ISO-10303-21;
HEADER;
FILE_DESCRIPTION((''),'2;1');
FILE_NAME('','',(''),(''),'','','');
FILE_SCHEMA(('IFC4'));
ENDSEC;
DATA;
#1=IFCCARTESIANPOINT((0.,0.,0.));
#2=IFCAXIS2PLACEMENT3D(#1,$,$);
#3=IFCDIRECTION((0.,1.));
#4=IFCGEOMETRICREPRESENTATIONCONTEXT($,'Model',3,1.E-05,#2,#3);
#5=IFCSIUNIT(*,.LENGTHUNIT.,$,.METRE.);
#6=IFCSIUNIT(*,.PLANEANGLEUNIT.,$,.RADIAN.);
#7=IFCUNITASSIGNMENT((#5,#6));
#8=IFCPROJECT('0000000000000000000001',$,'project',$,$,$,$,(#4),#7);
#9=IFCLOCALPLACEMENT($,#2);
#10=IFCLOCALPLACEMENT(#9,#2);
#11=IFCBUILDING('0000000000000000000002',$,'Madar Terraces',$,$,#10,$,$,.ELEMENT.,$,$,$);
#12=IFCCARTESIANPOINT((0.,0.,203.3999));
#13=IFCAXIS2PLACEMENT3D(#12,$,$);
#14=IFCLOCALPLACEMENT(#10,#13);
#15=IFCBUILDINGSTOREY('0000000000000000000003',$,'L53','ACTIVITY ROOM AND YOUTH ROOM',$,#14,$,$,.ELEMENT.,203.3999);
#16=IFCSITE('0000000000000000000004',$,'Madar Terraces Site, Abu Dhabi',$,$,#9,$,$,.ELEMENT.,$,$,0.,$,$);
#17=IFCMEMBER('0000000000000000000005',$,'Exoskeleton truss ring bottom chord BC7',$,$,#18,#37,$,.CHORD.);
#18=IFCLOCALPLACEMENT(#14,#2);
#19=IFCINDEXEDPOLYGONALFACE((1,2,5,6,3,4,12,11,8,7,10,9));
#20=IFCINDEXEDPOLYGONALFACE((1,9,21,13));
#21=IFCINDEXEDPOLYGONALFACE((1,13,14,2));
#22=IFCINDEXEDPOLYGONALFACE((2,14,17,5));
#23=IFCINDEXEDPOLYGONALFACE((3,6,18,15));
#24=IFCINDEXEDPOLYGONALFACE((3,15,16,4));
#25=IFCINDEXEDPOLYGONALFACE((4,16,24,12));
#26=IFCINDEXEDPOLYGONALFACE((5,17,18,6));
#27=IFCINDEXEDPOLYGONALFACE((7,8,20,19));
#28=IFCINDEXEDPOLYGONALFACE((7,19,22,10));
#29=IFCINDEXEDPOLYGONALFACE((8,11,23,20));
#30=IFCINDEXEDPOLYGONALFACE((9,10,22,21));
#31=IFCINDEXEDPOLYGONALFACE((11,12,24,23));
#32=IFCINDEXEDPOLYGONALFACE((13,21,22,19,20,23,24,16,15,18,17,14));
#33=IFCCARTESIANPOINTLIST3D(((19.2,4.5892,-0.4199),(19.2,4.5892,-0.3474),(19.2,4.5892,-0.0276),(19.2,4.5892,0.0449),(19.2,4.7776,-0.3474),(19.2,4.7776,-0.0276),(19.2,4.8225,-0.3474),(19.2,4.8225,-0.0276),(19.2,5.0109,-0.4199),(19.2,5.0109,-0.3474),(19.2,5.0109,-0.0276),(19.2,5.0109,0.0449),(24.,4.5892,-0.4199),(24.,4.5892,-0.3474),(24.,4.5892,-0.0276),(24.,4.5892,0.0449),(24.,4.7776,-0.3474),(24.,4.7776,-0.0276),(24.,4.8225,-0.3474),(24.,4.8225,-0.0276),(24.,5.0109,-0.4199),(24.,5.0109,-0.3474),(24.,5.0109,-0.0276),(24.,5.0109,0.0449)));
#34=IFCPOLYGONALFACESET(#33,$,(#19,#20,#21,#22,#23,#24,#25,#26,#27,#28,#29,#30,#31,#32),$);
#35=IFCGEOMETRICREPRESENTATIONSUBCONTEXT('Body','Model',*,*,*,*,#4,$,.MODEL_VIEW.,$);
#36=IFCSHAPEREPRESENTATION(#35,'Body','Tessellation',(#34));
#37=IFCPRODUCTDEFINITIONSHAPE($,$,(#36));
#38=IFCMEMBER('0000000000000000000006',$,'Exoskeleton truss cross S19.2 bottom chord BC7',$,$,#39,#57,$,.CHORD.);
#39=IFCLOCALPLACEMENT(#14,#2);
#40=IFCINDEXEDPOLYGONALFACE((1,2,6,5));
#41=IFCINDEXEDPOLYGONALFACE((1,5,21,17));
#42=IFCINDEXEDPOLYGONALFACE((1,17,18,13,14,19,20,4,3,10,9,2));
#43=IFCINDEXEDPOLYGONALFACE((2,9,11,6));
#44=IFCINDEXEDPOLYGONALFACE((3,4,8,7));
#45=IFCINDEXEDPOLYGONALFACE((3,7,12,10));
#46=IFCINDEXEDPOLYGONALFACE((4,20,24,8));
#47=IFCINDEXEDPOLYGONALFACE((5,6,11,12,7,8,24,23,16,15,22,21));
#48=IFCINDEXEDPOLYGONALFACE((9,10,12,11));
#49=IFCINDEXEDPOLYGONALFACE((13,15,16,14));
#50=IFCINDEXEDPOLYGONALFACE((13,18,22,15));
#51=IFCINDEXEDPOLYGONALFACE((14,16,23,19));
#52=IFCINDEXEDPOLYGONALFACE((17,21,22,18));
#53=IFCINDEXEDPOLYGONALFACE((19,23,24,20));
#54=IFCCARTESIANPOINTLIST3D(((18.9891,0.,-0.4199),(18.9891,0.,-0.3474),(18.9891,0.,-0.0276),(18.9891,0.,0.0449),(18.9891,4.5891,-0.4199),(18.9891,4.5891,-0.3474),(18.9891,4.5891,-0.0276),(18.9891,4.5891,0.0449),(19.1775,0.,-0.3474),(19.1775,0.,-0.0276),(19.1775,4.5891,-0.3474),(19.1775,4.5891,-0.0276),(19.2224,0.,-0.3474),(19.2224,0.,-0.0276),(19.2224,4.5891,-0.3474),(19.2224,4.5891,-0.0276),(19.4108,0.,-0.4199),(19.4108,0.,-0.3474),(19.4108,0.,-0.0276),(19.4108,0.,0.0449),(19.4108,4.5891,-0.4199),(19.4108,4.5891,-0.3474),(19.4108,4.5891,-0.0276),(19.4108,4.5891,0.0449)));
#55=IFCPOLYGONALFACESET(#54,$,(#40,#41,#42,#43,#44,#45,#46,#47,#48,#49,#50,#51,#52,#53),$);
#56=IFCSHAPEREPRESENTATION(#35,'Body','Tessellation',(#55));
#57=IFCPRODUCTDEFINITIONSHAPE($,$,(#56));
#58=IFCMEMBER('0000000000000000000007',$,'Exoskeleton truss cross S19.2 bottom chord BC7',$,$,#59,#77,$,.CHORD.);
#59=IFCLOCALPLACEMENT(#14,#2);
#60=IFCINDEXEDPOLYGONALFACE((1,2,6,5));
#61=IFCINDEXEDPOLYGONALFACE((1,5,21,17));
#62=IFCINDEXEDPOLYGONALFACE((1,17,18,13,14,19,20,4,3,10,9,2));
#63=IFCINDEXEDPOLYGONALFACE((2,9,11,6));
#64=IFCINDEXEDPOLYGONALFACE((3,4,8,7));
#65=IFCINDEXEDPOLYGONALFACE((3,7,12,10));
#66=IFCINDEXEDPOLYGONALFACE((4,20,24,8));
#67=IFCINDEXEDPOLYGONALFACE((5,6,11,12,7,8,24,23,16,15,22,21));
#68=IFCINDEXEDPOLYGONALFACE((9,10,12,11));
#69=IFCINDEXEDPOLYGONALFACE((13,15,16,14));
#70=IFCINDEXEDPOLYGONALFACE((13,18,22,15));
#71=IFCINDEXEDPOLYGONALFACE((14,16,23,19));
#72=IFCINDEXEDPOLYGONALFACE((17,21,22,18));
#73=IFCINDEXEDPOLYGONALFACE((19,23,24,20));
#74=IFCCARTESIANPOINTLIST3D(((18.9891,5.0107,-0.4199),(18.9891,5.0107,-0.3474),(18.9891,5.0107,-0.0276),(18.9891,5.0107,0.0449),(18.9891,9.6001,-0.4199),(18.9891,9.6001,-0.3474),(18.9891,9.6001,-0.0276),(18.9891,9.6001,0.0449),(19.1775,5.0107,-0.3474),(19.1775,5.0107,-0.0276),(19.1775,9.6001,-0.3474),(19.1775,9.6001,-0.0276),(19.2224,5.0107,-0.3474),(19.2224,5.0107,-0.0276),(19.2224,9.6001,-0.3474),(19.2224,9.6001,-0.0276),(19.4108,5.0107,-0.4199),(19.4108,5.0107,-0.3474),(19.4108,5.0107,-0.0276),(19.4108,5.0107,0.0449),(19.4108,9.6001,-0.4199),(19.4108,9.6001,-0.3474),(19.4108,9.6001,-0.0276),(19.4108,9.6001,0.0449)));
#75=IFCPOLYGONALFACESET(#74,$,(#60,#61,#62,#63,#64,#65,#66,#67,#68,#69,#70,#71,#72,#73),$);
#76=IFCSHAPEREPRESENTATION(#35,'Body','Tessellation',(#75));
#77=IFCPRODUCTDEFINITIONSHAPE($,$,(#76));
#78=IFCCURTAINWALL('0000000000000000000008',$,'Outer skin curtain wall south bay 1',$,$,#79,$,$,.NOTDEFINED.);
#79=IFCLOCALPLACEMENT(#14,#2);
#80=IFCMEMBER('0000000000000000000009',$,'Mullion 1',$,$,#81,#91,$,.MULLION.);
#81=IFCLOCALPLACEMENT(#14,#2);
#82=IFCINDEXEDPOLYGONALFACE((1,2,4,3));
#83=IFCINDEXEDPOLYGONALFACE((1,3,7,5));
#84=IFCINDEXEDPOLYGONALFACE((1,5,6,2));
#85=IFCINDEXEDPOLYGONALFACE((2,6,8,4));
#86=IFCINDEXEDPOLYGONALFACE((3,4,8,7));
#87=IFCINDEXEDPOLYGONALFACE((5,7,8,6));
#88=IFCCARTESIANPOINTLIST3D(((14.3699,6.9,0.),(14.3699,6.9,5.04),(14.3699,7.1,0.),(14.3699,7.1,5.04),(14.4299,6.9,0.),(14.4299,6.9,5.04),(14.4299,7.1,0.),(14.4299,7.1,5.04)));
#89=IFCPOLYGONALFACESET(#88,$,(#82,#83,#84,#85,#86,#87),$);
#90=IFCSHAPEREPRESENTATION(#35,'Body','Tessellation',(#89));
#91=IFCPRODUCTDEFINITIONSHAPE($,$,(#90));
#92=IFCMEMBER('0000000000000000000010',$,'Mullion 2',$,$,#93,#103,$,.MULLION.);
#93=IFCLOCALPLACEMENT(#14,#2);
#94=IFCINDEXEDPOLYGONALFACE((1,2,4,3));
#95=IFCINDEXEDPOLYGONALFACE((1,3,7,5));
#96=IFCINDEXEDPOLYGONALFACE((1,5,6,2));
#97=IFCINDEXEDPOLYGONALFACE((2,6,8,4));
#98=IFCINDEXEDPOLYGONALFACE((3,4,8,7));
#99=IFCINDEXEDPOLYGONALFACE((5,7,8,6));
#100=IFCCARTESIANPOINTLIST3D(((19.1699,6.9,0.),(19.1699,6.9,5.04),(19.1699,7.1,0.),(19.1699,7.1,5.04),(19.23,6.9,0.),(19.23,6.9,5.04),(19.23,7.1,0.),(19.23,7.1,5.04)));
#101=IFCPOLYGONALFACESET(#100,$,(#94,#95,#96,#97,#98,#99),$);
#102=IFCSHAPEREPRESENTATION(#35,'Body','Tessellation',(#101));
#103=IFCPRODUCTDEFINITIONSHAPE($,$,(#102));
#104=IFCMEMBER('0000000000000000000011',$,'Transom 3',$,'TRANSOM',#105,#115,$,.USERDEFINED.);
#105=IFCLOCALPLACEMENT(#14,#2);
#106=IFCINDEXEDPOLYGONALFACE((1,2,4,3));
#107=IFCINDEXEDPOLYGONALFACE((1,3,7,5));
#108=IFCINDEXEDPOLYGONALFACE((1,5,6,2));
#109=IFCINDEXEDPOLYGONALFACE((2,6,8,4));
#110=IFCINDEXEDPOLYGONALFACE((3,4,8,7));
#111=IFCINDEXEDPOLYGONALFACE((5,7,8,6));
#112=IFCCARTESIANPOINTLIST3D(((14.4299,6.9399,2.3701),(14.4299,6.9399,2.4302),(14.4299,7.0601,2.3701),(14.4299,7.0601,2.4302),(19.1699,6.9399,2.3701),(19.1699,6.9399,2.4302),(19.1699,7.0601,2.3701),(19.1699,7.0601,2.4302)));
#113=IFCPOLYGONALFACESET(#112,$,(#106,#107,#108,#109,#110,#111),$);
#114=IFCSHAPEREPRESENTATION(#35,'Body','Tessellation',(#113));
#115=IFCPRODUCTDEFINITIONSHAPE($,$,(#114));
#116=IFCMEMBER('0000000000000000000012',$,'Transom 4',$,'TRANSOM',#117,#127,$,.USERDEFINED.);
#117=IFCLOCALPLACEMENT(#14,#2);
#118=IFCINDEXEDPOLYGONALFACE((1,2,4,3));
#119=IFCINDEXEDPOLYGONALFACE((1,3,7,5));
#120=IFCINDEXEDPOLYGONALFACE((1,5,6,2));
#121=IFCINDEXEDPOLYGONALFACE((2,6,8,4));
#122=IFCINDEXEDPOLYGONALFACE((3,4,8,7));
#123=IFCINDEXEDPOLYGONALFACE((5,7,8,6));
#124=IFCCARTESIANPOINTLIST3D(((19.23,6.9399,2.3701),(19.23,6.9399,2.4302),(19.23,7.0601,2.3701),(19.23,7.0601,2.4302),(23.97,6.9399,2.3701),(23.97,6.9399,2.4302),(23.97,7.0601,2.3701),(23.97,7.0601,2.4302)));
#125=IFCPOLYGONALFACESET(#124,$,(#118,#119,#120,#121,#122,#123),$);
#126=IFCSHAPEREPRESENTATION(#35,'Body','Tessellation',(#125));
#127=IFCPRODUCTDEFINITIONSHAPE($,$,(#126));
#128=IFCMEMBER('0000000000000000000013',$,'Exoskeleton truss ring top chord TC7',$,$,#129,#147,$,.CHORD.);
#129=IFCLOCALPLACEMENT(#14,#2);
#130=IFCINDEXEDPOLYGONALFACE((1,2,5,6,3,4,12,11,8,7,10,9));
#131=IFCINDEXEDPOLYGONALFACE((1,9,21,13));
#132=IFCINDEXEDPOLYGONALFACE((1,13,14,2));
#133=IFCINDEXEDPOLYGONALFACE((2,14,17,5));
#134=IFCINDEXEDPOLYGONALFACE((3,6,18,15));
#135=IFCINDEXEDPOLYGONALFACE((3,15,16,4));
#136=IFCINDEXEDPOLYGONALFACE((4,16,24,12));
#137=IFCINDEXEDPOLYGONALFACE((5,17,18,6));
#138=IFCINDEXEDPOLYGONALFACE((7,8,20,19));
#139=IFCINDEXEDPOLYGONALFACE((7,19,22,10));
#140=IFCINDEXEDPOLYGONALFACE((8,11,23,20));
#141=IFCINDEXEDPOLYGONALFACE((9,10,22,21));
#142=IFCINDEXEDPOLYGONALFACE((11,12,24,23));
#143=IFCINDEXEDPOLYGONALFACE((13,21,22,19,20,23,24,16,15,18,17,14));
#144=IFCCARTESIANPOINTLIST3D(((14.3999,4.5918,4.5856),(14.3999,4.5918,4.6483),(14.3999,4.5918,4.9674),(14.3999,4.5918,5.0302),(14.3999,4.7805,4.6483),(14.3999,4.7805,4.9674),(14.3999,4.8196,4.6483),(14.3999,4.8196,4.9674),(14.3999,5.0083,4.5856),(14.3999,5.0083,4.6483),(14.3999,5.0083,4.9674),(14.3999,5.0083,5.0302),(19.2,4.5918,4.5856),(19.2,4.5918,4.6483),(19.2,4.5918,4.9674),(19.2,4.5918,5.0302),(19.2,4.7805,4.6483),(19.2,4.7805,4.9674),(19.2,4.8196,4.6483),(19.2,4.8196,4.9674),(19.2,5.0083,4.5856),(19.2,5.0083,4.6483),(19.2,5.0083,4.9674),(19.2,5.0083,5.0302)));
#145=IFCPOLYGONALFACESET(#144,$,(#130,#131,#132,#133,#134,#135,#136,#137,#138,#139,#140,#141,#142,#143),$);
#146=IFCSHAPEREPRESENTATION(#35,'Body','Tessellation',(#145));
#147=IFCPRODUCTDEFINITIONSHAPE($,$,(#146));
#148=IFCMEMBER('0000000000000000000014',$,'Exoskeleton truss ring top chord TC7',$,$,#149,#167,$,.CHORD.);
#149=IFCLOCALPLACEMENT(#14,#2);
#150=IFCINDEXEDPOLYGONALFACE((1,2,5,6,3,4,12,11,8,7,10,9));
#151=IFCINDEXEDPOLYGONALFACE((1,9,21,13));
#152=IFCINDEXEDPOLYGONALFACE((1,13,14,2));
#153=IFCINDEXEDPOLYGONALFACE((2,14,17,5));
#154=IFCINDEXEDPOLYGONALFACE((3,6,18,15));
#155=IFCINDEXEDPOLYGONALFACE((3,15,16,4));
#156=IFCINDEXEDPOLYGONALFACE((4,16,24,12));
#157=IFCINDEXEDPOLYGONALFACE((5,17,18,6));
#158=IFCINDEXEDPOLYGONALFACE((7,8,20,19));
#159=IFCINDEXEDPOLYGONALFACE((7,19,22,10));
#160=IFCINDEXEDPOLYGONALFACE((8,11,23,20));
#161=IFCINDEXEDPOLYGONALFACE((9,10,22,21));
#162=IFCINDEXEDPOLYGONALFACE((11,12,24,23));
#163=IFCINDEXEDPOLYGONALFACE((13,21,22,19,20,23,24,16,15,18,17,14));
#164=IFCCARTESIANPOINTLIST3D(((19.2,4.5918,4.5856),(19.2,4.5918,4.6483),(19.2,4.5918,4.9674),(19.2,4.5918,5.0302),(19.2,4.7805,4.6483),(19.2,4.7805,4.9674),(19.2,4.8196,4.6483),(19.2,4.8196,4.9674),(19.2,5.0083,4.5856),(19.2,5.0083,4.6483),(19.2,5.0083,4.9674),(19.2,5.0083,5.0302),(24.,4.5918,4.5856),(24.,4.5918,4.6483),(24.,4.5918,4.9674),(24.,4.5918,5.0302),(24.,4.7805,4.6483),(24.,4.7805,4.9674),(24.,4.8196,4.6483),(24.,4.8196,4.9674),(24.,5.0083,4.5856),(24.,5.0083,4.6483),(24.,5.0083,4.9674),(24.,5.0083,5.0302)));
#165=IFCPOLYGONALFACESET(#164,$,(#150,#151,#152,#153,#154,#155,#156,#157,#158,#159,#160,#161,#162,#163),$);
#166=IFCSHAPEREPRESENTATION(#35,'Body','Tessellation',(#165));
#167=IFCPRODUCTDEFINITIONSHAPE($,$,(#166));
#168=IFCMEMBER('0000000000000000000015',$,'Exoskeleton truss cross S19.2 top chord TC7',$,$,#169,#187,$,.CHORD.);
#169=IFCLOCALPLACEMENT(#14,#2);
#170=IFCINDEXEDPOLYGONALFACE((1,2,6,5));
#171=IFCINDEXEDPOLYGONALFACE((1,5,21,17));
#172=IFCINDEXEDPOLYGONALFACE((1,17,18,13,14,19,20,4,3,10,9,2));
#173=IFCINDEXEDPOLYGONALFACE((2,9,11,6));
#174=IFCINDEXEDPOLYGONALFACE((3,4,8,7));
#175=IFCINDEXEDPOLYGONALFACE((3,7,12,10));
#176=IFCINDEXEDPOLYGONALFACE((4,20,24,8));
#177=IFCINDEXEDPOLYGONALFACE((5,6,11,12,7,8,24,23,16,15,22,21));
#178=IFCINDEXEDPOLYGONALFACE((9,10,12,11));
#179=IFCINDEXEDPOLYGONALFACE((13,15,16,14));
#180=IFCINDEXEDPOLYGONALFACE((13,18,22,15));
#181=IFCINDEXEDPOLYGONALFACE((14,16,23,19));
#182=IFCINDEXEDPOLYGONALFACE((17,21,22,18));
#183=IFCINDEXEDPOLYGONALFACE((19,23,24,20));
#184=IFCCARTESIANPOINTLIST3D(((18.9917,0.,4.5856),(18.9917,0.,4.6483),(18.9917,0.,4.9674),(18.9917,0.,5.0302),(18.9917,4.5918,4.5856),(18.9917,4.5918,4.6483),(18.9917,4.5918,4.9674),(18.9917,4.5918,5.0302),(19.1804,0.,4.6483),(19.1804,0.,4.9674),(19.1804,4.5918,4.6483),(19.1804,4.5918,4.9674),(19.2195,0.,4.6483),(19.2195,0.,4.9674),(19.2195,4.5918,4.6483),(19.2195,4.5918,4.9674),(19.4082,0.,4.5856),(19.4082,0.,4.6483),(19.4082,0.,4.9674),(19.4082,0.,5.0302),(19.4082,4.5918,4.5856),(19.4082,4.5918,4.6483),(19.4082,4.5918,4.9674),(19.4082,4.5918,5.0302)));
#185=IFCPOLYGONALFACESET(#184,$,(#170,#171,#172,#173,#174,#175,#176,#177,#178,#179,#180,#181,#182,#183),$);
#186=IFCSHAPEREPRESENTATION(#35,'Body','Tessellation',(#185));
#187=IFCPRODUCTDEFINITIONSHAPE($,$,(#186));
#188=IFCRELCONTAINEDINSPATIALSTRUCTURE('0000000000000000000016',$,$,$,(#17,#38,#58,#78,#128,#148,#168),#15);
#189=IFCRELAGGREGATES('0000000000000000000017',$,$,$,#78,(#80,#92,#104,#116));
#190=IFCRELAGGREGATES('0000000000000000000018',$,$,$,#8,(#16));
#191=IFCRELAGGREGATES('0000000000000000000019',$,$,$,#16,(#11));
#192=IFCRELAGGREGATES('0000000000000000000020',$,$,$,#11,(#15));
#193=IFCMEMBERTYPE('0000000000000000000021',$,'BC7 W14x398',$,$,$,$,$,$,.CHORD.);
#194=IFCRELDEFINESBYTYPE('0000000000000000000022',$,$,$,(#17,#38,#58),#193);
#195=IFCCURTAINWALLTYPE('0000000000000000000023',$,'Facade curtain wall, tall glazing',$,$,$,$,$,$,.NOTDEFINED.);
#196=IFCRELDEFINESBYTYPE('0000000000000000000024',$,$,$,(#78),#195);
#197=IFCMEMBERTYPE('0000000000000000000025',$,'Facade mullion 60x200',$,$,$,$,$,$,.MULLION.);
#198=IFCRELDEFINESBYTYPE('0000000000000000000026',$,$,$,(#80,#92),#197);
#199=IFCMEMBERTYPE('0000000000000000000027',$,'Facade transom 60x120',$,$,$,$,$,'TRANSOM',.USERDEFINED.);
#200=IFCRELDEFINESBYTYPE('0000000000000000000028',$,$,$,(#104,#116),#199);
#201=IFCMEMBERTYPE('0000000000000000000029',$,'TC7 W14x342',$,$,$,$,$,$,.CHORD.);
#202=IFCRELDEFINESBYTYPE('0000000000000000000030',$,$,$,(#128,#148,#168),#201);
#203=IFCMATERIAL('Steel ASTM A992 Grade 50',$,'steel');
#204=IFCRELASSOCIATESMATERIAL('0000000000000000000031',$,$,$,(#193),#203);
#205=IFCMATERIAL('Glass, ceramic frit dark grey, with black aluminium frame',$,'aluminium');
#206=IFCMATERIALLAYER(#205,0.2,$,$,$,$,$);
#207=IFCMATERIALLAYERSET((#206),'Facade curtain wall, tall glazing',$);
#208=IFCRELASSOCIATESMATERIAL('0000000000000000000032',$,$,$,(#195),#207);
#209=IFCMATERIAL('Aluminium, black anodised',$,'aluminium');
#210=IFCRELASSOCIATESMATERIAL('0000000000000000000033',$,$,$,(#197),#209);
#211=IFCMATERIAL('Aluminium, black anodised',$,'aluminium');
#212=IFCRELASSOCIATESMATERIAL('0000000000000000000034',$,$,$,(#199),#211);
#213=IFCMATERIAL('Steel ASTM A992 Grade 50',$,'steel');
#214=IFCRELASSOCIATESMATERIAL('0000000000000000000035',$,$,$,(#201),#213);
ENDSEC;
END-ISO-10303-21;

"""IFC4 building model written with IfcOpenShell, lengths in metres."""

from ifc_helpers import new_model, si_unit, direction, frame, origin, origin_2d, place, context, subcontext, project, spatial, rectangle, i_section, extrude, material, layer, layer_set, material_profile, profile_set, type_object, element, aggregate, save


model = new_model("IFC4")

# Units and contexts
model_context = context("Model", 3, precision=1e-05, world=origin(), true_north=direction((0.0, 1.0)))
body_context = subcontext(model_context, "Body", "Model", "MODEL_VIEW")
ifc_project = project(units=[si_unit("LENGTHUNIT", "METRE"), si_unit("PLANEANGLEUNIT", "RADIAN")], contexts=[model_context])

# Site, building, storey
site_placement = place(None, origin())
site = spatial("IfcSite", under=ifc_project, at=site_placement, Name="Madar Terraces Site, Abu Dhabi", CompositionType="ELEMENT", RefElevation=0.0)
building_placement = place(site_placement, origin())
building = spatial("IfcBuilding", under=site, at=building_placement, Name="Madar Terraces", CompositionType="ELEMENT")
storey_placement = place(building_placement, frame((0.0, 0.0, 203.3999)))
storey = spatial("IfcBuildingStorey", under=building, at=storey_placement, Name="L53", Description="ACTIVITY ROOM AND YOUTH ROOM", CompositionType="ELEMENT", Elevation=203.3999)

# Members
ifc_material_1 = material(Name="Steel ASTM A992 Grade 50", Category="steel")
ifc_material_profile_1 = material_profile(ifc_material_1, i_section(OverallWidth=0.4216, OverallDepth=0.4648, WebThickness=0.0449, FlangeThickness=0.0725, at=origin_2d()), Name="W14x398")
ifc_profile_set_1 = profile_set([ifc_material_profile_1], Name="Steel ASTM A992 Grade 50")
member_type_1 = type_object("IfcMemberType", Name="BC7 W14x398", PredefinedType="CHORD", material=ifc_profile_set_1)
member_1_placement = place(storey_placement, frame((19.2, 4.8, -0.1875), z_axis=(1.0, 0.0, 0.0), x_axis=(0.0, 1.0, 0.0)))
element("IfcMember", 1, at=member_1_placement, inside=storey, type_object=member_type_1, Name="Exoskeleton truss ring bottom chord BC7", PredefinedType="CHORD", context=body_context, shape_type="SweptSolid", body=[
    extrude(i_section(OverallWidth=0.4216, OverallDepth=0.4648, WebThickness=0.0449, FlangeThickness=0.0725, at=origin_2d()), origin(), (0.0, 0.0, 1.0), 4.8),
])
member_2_placement = place(storey_placement, frame((19.2, 0.0, -0.1875), z_axis=(0.0, 1.0, 0.0), x_axis=(-1.0, 0.0, 0.0)))
element("IfcMember", 2, at=member_2_placement, inside=storey, type_object=member_type_1, Name="Exoskeleton truss cross S19.2 bottom chord BC7", PredefinedType="CHORD", context=body_context, shape_type="SweptSolid", body=[
    extrude(i_section(OverallWidth=0.4216, OverallDepth=0.4648, WebThickness=0.0449, FlangeThickness=0.0725, at=origin_2d()), origin(), (0.0, 0.0, 1.0), 4.5891),
])
member_3_placement = place(storey_placement, frame((19.2, 5.0107, -0.1875), z_axis=(0.0, 1.0, 0.0), x_axis=(-1.0, 0.0, 0.0)))
element("IfcMember", 3, at=member_3_placement, inside=storey, type_object=member_type_1, Name="Exoskeleton truss cross S19.2 bottom chord BC7", PredefinedType="CHORD", context=body_context, shape_type="SweptSolid", body=[
    extrude(i_section(OverallWidth=0.4216, OverallDepth=0.4648, WebThickness=0.0449, FlangeThickness=0.0725, at=origin_2d()), origin(), (0.0, 0.0, 1.0), 4.5894),
])

# Curtain wall, members
ifc_material_2 = material(Name="Glass, ceramic frit dark grey, with black aluminium frame", Category="aluminium")
ifc_layer_1 = layer(ifc_material_2, 0.2)
ifc_layer_set_1 = layer_set([ifc_layer_1], Name="Facade curtain wall, tall glazing")
curtain_wall_type = type_object("IfcCurtainWallType", Name="Facade curtain wall, tall glazing", PredefinedType="NOTDEFINED", material=ifc_layer_set_1)
curtain_wall_placement = place(storey_placement, origin())
curtain_wall = element("IfcCurtainWall", 4, at=curtain_wall_placement, inside=storey, type_object=curtain_wall_type, Name="Outer skin curtain wall south bay 1", PredefinedType="NOTDEFINED")
ifc_material_3 = material(Name="Aluminium, black anodised", Category="aluminium")
ifc_material_profile_2 = material_profile(ifc_material_3, rectangle(XDim=0.2, YDim=0.0601, at=origin_2d()), Name="Facade mullion 60x200")
ifc_profile_set_2 = profile_set([ifc_material_profile_2], Name="Aluminium, black anodised")
member_type_2 = type_object("IfcMemberType", Name="Facade mullion 60x200", PredefinedType="MULLION", material=ifc_profile_set_2)
member_4_placement = place(storey_placement, frame((14.3999, 7.0, 0.0), z_axis=(0.0, 0.0, 1.0), x_axis=(0.0, 1.0, 0.0)))
member_4 = element("IfcMember", 5, at=member_4_placement, type_object=member_type_2, Name="Mullion 1", PredefinedType="MULLION", context=body_context, shape_type="SweptSolid", body=[
    extrude(rectangle(XDim=0.2, YDim=0.0601, at=origin_2d()), origin(), (0.0, 0.0, 1.0), 5.04),
])
member_5_placement = place(storey_placement, frame((19.2, 7.0, 0.0), z_axis=(0.0, 0.0, 1.0), x_axis=(0.0, 1.0, 0.0)))
member_5 = element("IfcMember", 6, at=member_5_placement, type_object=member_type_2, Name="Mullion 2", PredefinedType="MULLION", context=body_context, shape_type="SweptSolid", body=[
    extrude(rectangle(XDim=0.2, YDim=0.0601, at=origin_2d()), origin(), (0.0, 0.0, 1.0), 5.04),
])
ifc_material_4 = material(Name="Aluminium, black anodised", Category="aluminium")
ifc_material_profile_3 = material_profile(ifc_material_4, rectangle(XDim=0.1201, YDim=0.0601, at=origin_2d()), Name="Facade transom 60x120")
ifc_profile_set_3 = profile_set([ifc_material_profile_3], Name="Aluminium, black anodised")
member_type_3 = type_object("IfcMemberType", Name="Facade transom 60x120", ElementType="TRANSOM", PredefinedType="USERDEFINED", material=ifc_profile_set_3)
member_6_placement = place(storey_placement, frame((14.4299, 7.0, 2.4001), z_axis=(1.0, 0.0, 0.0), x_axis=(0.0, 1.0, 0.0)))
member_6 = element("IfcMember", 7, at=member_6_placement, type_object=member_type_3, Name="Transom 3", ObjectType="TRANSOM", PredefinedType="USERDEFINED", context=body_context, shape_type="SweptSolid", body=[
    extrude(rectangle(XDim=0.1201, YDim=0.0601, at=origin_2d()), origin(), (0.0, 0.0, 1.0), 4.74),
])
member_7_placement = place(storey_placement, frame((19.23, 7.0, 2.4001), z_axis=(1.0, 0.0, 0.0), x_axis=(0.0, 1.0, 0.0)))
member_7 = element("IfcMember", 8, at=member_7_placement, type_object=member_type_3, Name="Transom 4", ObjectType="TRANSOM", PredefinedType="USERDEFINED", context=body_context, shape_type="SweptSolid", body=[
    extrude(rectangle(XDim=0.1201, YDim=0.0601, at=origin_2d()), origin(), (0.0, 0.0, 1.0), 4.74),
])

# Members
ifc_material_5 = material(Name="Steel ASTM A992 Grade 50", Category="steel")
ifc_material_profile_4 = material_profile(ifc_material_5, i_section(OverallWidth=0.4165, OverallDepth=0.4446, WebThickness=0.0391, FlangeThickness=0.0627, at=origin_2d()), Name="W14x342")
ifc_profile_set_4 = profile_set([ifc_material_profile_4], Name="Steel ASTM A992 Grade 50")
member_type_4 = type_object("IfcMemberType", Name="TC7 W14x342", PredefinedType="CHORD", material=ifc_profile_set_4)
for number, where, z_axis, x_axis, name in (
    (9, (14.3999, 4.8, 4.8079), (1.0, 0.0, 0.0), (0.0, 1.0, 0.0), "Exoskeleton truss ring top chord TC7"),
    (10, (19.2, 4.8, 4.8079), (1.0, 0.0, 0.0), (0.0, 1.0, 0.0), "Exoskeleton truss ring top chord TC7"),
):
    element("IfcMember", number, at=place(storey_placement, frame(where, z_axis=z_axis, x_axis=x_axis)), inside=storey, type_object=member_type_4, Name=name, PredefinedType="CHORD", context=body_context, shape_type="SweptSolid", body=[
        extrude(i_section(OverallWidth=0.4165, OverallDepth=0.4446, WebThickness=0.0391, FlangeThickness=0.0627, at=origin_2d()), origin(), (0.0, 0.0, 1.0), 4.8),
    ])
for number, where, z_axis, x_axis, name in (
    (11, (19.2, 0.0, 4.8079), (0.0, 1.0, 0.0), (-1.0, 0.0, 0.0), "Exoskeleton truss cross S19.2 top chord TC7"),
):
    element("IfcMember", number, at=place(storey_placement, frame(where, z_axis=z_axis, x_axis=x_axis)), inside=storey, type_object=member_type_4, Name=name, PredefinedType="CHORD", context=body_context, shape_type="SweptSolid", body=[
        extrude(i_section(OverallWidth=0.4165, OverallDepth=0.4446, WebThickness=0.0391, FlangeThickness=0.0627, at=origin_2d()), origin(), (0.0, 0.0, 1.0), 4.5918),
    ])

aggregate(curtain_wall, [member_4, member_5, member_6, member_7])

save(model, "model.ifc")
